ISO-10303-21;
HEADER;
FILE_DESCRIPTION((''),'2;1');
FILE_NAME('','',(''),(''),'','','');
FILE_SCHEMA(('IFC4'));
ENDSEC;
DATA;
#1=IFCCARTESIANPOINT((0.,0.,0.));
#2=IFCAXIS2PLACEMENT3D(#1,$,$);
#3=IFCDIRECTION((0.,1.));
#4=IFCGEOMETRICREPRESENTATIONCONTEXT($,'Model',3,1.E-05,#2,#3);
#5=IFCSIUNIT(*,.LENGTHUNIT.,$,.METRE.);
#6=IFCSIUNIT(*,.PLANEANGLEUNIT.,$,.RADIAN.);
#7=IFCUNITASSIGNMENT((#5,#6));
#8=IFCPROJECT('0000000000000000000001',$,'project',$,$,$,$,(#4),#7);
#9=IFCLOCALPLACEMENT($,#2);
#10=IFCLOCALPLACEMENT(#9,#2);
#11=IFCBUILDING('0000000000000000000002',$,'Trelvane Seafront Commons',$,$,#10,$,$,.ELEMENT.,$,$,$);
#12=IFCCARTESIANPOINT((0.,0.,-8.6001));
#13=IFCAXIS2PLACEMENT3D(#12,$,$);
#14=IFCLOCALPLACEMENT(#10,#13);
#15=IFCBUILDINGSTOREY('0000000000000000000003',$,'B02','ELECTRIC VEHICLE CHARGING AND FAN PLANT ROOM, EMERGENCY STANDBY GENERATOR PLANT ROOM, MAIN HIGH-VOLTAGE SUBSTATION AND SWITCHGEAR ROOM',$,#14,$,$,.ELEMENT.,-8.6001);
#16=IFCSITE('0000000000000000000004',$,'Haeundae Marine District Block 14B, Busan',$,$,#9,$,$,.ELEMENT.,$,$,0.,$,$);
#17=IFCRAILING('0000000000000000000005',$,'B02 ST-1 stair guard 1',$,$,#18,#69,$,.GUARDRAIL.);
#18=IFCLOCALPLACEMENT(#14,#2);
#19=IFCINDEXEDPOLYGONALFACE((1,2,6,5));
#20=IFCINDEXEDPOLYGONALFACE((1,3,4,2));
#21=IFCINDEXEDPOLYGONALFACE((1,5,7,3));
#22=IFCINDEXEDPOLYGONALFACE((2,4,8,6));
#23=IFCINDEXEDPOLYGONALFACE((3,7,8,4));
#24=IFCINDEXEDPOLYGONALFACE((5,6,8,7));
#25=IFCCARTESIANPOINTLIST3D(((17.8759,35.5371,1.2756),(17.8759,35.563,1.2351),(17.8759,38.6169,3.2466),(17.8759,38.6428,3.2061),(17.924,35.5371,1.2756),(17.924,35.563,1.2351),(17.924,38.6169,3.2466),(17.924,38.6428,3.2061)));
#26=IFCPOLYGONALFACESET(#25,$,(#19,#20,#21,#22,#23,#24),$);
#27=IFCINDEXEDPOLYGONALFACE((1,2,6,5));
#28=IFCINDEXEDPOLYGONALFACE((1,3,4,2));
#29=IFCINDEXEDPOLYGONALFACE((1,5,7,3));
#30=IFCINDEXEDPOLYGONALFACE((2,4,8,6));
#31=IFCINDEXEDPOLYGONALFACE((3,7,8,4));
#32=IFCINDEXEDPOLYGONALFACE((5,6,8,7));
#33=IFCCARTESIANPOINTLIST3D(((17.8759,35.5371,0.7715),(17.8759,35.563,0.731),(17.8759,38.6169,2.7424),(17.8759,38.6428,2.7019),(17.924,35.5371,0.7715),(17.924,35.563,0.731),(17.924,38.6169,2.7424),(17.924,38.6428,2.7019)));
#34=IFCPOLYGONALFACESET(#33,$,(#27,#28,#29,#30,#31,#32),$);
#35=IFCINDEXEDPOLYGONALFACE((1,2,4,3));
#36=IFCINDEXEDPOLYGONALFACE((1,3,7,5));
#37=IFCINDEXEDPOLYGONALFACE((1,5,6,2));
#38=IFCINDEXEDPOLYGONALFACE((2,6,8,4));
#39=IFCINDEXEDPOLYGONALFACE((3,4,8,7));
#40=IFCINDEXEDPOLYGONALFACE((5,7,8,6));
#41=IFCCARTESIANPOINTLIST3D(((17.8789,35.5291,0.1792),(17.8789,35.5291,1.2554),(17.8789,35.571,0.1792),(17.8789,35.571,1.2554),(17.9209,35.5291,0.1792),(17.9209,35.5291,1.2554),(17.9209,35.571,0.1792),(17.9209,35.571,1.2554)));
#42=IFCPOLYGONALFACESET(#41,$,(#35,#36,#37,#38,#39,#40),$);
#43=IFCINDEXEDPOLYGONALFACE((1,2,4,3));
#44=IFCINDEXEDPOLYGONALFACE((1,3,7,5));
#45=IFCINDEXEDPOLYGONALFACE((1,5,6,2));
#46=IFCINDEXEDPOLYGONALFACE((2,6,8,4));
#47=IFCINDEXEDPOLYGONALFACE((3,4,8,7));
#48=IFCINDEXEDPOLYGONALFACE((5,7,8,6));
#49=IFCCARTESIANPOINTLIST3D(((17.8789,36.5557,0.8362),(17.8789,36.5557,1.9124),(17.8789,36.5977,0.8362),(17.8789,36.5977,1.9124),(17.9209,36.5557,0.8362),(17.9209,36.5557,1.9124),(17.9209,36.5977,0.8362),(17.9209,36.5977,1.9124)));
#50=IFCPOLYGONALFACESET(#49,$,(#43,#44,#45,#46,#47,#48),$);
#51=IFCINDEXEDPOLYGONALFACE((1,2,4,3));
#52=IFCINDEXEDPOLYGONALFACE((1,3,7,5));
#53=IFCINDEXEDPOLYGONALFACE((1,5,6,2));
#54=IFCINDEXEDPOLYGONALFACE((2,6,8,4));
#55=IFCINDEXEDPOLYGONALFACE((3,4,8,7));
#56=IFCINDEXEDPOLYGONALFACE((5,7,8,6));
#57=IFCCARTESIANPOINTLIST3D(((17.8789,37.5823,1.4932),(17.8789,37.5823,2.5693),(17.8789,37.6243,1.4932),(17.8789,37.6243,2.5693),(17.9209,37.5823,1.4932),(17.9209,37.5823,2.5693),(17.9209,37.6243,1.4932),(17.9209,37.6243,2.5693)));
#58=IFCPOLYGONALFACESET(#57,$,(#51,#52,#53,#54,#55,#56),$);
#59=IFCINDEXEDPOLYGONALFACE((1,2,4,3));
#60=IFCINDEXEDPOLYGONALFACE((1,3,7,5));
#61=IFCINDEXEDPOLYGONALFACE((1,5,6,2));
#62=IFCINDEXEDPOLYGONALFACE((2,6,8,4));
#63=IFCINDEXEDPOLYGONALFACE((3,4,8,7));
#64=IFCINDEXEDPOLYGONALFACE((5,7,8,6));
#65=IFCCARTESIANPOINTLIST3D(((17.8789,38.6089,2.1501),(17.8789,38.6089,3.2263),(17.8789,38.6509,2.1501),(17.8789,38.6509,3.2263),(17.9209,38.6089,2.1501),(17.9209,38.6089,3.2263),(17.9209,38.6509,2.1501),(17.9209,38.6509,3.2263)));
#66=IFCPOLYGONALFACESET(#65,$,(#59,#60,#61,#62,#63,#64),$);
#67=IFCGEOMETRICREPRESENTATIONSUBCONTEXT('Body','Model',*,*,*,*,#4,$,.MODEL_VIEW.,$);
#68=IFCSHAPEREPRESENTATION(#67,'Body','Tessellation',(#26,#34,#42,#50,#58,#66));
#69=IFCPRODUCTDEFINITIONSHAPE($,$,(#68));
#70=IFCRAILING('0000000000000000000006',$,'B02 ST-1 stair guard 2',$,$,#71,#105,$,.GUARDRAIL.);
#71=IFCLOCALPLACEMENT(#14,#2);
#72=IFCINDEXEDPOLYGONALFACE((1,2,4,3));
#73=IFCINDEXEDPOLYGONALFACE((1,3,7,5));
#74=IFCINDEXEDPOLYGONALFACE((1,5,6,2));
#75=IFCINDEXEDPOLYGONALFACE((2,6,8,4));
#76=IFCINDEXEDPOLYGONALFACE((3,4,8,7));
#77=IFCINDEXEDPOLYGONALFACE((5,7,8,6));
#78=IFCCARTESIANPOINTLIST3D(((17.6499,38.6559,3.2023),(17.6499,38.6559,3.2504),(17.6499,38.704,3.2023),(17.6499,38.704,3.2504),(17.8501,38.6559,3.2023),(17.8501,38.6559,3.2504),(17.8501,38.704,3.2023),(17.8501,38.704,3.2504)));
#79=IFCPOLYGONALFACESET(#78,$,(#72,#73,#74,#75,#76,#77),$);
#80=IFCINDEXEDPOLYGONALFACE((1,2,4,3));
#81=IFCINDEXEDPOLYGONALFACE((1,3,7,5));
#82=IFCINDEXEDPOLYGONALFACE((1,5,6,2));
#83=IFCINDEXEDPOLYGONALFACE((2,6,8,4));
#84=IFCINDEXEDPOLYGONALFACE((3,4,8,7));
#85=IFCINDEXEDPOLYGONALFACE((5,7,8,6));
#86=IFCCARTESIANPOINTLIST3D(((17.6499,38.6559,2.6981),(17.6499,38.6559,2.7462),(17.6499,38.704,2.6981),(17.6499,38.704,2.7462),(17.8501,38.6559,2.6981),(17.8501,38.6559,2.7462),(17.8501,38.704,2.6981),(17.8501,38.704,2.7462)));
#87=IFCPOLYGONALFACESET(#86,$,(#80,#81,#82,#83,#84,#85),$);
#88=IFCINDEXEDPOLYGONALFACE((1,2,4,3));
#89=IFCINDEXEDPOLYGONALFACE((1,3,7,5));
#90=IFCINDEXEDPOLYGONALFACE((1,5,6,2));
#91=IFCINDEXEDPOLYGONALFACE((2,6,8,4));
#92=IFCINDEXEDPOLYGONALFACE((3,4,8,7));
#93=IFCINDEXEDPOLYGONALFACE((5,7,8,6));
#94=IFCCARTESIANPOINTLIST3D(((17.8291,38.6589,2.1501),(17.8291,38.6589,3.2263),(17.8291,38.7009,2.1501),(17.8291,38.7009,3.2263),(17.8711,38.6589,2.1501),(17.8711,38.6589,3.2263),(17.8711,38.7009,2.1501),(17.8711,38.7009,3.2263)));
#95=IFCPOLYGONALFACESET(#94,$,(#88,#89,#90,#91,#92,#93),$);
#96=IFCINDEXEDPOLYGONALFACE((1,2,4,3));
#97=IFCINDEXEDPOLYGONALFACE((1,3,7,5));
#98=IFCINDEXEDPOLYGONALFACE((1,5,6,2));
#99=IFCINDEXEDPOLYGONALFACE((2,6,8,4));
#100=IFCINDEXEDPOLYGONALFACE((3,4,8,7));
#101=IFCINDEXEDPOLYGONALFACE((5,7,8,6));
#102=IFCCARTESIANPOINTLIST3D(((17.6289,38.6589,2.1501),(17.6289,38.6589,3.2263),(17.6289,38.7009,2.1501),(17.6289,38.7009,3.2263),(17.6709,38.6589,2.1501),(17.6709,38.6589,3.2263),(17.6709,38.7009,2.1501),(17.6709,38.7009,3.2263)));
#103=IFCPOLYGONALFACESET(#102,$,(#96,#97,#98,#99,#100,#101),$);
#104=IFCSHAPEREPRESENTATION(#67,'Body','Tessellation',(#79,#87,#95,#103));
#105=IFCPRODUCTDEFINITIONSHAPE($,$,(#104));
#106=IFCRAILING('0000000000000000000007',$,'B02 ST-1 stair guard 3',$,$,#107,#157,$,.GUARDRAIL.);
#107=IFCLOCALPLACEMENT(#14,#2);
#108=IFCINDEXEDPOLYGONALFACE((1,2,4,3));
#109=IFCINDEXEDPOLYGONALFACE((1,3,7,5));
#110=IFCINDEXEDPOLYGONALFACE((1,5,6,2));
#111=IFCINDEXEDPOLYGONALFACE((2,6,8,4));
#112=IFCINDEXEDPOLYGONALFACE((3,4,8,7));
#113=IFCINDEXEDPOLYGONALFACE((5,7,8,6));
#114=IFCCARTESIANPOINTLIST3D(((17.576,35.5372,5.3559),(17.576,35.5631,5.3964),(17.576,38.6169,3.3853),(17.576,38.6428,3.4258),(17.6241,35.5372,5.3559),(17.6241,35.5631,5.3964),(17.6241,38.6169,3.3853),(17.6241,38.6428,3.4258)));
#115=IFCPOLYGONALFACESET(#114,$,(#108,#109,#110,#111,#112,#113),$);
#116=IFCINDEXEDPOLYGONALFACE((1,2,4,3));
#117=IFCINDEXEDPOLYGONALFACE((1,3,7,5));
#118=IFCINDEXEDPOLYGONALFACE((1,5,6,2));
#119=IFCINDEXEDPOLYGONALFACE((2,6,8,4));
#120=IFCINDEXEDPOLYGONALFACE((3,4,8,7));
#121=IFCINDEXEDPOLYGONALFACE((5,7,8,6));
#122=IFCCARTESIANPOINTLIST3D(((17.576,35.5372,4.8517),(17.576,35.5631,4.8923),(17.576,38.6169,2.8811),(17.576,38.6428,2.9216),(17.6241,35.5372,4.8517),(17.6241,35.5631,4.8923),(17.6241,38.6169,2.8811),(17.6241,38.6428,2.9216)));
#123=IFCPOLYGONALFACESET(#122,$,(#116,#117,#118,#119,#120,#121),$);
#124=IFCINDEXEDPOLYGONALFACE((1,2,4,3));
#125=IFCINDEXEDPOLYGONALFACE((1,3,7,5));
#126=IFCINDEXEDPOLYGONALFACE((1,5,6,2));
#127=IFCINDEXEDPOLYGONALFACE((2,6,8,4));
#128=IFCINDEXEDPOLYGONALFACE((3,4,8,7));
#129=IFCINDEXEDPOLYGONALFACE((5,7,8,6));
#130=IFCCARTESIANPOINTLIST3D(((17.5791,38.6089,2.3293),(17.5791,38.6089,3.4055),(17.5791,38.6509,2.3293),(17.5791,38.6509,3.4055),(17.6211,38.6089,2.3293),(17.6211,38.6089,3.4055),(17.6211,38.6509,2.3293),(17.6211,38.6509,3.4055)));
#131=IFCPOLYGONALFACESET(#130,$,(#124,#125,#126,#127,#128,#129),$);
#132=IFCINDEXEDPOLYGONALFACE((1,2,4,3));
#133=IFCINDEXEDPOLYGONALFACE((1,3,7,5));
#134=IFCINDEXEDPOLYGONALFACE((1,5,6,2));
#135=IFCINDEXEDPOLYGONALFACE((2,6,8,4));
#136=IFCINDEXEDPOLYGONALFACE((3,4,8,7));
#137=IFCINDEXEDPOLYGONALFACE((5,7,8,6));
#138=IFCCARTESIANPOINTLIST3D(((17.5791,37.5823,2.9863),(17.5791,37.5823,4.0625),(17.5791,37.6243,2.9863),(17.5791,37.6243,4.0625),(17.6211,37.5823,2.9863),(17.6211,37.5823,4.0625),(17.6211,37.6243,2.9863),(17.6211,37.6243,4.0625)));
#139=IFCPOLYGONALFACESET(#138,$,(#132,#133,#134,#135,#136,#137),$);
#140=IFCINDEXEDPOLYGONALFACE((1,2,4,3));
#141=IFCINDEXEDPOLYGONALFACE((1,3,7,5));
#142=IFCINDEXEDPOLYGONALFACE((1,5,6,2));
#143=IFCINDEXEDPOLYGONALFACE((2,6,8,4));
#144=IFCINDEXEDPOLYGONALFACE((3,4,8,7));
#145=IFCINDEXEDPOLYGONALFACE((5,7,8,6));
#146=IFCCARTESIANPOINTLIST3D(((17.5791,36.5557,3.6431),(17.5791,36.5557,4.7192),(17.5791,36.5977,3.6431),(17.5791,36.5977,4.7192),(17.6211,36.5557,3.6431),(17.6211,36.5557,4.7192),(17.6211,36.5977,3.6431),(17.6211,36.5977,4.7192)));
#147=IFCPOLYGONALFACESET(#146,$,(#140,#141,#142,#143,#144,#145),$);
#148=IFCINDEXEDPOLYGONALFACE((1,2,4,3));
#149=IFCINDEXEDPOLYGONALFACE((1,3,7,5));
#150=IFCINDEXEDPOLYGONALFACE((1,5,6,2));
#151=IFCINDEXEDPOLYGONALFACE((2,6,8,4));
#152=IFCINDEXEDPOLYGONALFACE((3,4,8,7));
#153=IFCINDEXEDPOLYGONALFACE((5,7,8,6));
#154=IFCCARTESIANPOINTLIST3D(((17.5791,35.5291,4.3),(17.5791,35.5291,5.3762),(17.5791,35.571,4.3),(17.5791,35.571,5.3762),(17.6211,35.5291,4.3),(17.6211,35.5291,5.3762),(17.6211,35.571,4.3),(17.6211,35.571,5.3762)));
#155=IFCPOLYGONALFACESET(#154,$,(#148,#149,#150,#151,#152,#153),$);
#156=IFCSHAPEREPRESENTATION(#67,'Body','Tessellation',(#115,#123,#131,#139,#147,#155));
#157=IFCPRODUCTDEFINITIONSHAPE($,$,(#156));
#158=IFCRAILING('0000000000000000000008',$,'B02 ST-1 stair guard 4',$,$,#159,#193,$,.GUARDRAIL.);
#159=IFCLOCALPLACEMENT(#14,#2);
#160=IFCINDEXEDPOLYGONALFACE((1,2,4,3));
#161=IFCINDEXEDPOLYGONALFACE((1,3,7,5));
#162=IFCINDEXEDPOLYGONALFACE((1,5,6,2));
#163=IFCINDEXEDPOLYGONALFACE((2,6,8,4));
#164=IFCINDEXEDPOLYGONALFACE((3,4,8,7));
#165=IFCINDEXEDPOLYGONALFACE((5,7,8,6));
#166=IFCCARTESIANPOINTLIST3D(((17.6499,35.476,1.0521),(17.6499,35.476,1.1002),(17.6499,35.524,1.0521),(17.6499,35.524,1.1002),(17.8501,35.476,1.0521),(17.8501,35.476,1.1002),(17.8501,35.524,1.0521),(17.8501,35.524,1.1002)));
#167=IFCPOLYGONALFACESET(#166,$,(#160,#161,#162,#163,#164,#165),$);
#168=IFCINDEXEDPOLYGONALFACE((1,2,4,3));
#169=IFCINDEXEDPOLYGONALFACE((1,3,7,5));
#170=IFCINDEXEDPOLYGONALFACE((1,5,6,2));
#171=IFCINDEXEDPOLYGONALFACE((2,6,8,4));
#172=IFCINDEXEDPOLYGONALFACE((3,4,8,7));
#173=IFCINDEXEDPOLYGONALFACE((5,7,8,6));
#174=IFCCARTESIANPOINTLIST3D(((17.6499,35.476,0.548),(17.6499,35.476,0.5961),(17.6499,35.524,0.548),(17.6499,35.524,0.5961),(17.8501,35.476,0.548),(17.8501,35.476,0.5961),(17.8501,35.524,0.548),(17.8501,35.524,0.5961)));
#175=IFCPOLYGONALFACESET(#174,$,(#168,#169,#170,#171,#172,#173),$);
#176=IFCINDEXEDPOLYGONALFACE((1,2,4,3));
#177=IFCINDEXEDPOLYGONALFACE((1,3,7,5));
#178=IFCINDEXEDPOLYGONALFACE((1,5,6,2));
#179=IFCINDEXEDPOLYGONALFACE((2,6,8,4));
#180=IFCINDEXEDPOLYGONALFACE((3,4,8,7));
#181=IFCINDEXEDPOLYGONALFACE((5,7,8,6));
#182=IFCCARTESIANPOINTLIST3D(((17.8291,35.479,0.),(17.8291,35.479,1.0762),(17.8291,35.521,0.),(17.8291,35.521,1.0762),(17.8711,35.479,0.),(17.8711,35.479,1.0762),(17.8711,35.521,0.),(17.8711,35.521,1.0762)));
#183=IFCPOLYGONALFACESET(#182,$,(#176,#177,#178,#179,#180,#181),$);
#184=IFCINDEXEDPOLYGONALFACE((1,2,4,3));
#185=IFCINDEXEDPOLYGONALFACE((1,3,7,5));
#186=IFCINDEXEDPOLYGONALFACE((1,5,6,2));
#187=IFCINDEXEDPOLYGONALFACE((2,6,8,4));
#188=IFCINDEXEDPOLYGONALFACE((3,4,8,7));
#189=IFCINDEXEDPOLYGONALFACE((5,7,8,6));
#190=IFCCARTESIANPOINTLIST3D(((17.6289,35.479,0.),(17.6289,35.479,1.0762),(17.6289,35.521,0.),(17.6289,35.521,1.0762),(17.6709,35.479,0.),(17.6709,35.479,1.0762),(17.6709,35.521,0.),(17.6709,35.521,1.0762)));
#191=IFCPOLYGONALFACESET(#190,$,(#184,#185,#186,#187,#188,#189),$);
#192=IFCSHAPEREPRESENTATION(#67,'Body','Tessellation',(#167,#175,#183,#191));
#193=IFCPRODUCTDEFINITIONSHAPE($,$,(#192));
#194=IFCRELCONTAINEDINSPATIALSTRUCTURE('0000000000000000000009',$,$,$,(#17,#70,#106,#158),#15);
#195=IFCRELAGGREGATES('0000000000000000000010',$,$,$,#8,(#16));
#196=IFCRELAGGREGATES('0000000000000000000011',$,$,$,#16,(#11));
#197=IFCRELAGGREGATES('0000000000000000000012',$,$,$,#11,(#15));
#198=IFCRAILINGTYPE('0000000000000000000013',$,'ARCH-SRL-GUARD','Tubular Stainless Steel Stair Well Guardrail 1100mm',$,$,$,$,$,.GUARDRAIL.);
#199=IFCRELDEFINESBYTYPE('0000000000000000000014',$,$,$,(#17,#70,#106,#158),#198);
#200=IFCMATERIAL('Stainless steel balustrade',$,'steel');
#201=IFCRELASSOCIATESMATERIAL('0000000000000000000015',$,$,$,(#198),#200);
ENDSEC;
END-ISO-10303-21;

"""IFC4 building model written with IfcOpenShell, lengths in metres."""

from ifc_helpers import new_model, si_unit, direction, frame, origin, origin_2d, place, context, subcontext, project, spatial, rectangle, extrude, material, type_object, element, save


model = new_model("IFC4")

# Units and contexts
model_context = context("Model", 3, precision=1e-05, world=origin(), true_north=direction((0.0, 1.0)))
body_context = subcontext(model_context, "Body", "Model", "MODEL_VIEW")
ifc_project = project(units=[si_unit("LENGTHUNIT", "METRE"), si_unit("PLANEANGLEUNIT", "RADIAN")], contexts=[model_context])

# Site, building, storey
site_placement = place(None, origin())
site = spatial("IfcSite", under=ifc_project, at=site_placement, Name="Haeundae Marine District Block 14B, Busan", CompositionType="ELEMENT", RefElevation=0.0)
building_placement = place(site_placement, origin())
building = spatial("IfcBuilding", under=site, at=building_placement, Name="Trelvane Seafront Commons", CompositionType="ELEMENT")
storey_placement = place(building_placement, frame((0.0, 0.0, -8.6001)))
storey = spatial("IfcBuildingStorey", under=building, at=storey_placement, Name="B02", Description="ELECTRIC VEHICLE CHARGING AND FAN PLANT ROOM, EMERGENCY STANDBY GENERATOR PLANT ROOM, MAIN HIGH-VOLTAGE SUBSTATION AND SWITCHGEAR ROOM", CompositionType="ELEMENT", Elevation=-8.6001)

# Shared definitions
ifc_material_1 = material(Name="Stainless steel balustrade", Category="steel")

# Railings
railing_type_1 = type_object("IfcRailingType", Name="ARCH-SRL-GUARD", Description="Tubular Stainless Steel Stair Well Guardrail 1100mm", PredefinedType="GUARDRAIL", material=ifc_material_1)
railing_1_placement = place(storey_placement, frame((17.8999, 35.55, 0.1792)))
element("IfcRailing", 1, at=railing_1_placement, inside=storey, type_object=railing_type_1, Name="B02 ST-1 stair guard 1", PredefinedType="GUARDRAIL", context=body_context, shape_type="SweptSolid", body=[
    extrude(rectangle(XDim=0.0481, YDim=0.0481, at=origin_2d()), frame((0.0, 0.0, 1.0762), z_axis=(0.0, 0.84229, 0.539025), x_axis=(-1.0, 0.0, 0.0)), (0.0, 0.0, 1.0), 3.6565),
    extrude(rectangle(XDim=0.0481, YDim=0.0481, at=origin_2d()), frame((0.0, 0.0, 0.572), z_axis=(0.0, 0.84229, 0.539025), x_axis=(-1.0, 0.0, 0.0)), (0.0, 0.0, 1.0), 3.6565),
    extrude(rectangle(XDim=0.042, YDim=0.042, at=origin_2d()), origin(), (0.0, 0.0, 1.0), 1.0762),
    extrude(rectangle(XDim=0.042, YDim=0.042, at=origin_2d()), frame((0.0, 1.0266, 0.657)), (0.0, 0.0, 1.0), 1.0762),
    extrude(rectangle(XDim=0.042, YDim=0.042, at=origin_2d()), frame((0.0, 2.0532, 1.314)), (0.0, 0.0, 1.0), 1.0762),
    extrude(rectangle(XDim=0.042, YDim=0.042, at=origin_2d()), frame((0.0, 3.0798, 1.9709)), (0.0, 0.0, 1.0), 1.0762),
])
railing_2_placement = place(storey_placement, frame((17.8501, 38.6799, 2.1501)))
element("IfcRailing", 2, at=railing_2_placement, inside=storey, type_object=railing_type_1, Name="B02 ST-1 stair guard 2", PredefinedType="GUARDRAIL", context=body_context, shape_type="SweptSolid", body=[
    extrude(rectangle(XDim=0.0481, YDim=0.0481, at=origin_2d()), frame((0.0, 0.0, 1.0762), z_axis=(-1.0, 0.0, 0.0), x_axis=(0.0, -1.0, 0.0)), (0.0, 0.0, 1.0), 0.2002),
    extrude(rectangle(XDim=0.0481, YDim=0.0481, at=origin_2d()), frame((0.0, 0.0, 0.572), z_axis=(-1.0, 0.0, 0.0), x_axis=(0.0, -1.0, 0.0)), (0.0, 0.0, 1.0), 0.2002),
    extrude(rectangle(XDim=0.042, YDim=0.042, at=origin_2d()), origin(), (0.0, 0.0, 1.0), 1.0762),
    extrude(rectangle(XDim=0.042, YDim=0.042, at=origin_2d()), frame((-0.2002, 0.0, 0.0)), (0.0, 0.0, 1.0), 1.0762),
])
railing_3_placement = place(storey_placement, frame((17.6001, 38.6299, 2.3293)))
element("IfcRailing", 3, at=railing_3_placement, inside=storey, type_object=railing_type_1, Name="B02 ST-1 stair guard 3", PredefinedType="GUARDRAIL", context=body_context, shape_type="SweptSolid", body=[
    extrude(rectangle(XDim=0.0481, YDim=0.0481, at=origin_2d()), frame((0.0, 0.0, 1.0762), z_axis=(0.0, -0.84232, 0.538978), x_axis=(1.0, 0.0, 0.0)), (0.0, 0.0, 1.0), 3.6562),
    extrude(rectangle(XDim=0.0481, YDim=0.0481, at=origin_2d()), frame((0.0, 0.0, 0.572), z_axis=(0.0, -0.84232, 0.538978), x_axis=(1.0, 0.0, 0.0)), (0.0, 0.0, 1.0), 3.6562),
    extrude(rectangle(XDim=0.042, YDim=0.042, at=origin_2d()), origin(), (0.0, 0.0, 1.0), 1.0762),
    extrude(rectangle(XDim=0.042, YDim=0.042, at=origin_2d()), frame((0.0, -1.0266, 0.657)), (0.0, 0.0, 1.0), 1.0762),
    extrude(rectangle(XDim=0.042, YDim=0.042, at=origin_2d()), frame((0.0, -2.0532, 1.3137)), (0.0, 0.0, 1.0), 1.0762),
    extrude(rectangle(XDim=0.042, YDim=0.042, at=origin_2d()), frame((0.0, -3.0798, 1.9707)), (0.0, 0.0, 1.0), 1.0762),
])
railing_4_placement = place(storey_placement, frame((17.8501, 35.5, 0.0)))
element("IfcRailing", 4, at=railing_4_placement, inside=storey, type_object=railing_type_1, Name="B02 ST-1 stair guard 4", PredefinedType="GUARDRAIL", context=body_context, shape_type="SweptSolid", body=[
    extrude(rectangle(XDim=0.0481, YDim=0.0481, at=origin_2d()), frame((0.0, 0.0, 1.0762), z_axis=(-1.0, 0.0, 0.0), x_axis=(0.0, -1.0, 0.0)), (0.0, 0.0, 1.0), 0.2002),
    extrude(rectangle(XDim=0.0481, YDim=0.0481, at=origin_2d()), frame((0.0, 0.0, 0.572), z_axis=(-1.0, 0.0, 0.0), x_axis=(0.0, -1.0, 0.0)), (0.0, 0.0, 1.0), 0.2002),
    extrude(rectangle(XDim=0.042, YDim=0.042, at=origin_2d()), origin(), (0.0, 0.0, 1.0), 1.0762),
    extrude(rectangle(XDim=0.042, YDim=0.042, at=origin_2d()), frame((-0.2002, 0.0, 0.0)), (0.0, 0.0, 1.0), 1.0762),
])

save(model, "model.ifc")
